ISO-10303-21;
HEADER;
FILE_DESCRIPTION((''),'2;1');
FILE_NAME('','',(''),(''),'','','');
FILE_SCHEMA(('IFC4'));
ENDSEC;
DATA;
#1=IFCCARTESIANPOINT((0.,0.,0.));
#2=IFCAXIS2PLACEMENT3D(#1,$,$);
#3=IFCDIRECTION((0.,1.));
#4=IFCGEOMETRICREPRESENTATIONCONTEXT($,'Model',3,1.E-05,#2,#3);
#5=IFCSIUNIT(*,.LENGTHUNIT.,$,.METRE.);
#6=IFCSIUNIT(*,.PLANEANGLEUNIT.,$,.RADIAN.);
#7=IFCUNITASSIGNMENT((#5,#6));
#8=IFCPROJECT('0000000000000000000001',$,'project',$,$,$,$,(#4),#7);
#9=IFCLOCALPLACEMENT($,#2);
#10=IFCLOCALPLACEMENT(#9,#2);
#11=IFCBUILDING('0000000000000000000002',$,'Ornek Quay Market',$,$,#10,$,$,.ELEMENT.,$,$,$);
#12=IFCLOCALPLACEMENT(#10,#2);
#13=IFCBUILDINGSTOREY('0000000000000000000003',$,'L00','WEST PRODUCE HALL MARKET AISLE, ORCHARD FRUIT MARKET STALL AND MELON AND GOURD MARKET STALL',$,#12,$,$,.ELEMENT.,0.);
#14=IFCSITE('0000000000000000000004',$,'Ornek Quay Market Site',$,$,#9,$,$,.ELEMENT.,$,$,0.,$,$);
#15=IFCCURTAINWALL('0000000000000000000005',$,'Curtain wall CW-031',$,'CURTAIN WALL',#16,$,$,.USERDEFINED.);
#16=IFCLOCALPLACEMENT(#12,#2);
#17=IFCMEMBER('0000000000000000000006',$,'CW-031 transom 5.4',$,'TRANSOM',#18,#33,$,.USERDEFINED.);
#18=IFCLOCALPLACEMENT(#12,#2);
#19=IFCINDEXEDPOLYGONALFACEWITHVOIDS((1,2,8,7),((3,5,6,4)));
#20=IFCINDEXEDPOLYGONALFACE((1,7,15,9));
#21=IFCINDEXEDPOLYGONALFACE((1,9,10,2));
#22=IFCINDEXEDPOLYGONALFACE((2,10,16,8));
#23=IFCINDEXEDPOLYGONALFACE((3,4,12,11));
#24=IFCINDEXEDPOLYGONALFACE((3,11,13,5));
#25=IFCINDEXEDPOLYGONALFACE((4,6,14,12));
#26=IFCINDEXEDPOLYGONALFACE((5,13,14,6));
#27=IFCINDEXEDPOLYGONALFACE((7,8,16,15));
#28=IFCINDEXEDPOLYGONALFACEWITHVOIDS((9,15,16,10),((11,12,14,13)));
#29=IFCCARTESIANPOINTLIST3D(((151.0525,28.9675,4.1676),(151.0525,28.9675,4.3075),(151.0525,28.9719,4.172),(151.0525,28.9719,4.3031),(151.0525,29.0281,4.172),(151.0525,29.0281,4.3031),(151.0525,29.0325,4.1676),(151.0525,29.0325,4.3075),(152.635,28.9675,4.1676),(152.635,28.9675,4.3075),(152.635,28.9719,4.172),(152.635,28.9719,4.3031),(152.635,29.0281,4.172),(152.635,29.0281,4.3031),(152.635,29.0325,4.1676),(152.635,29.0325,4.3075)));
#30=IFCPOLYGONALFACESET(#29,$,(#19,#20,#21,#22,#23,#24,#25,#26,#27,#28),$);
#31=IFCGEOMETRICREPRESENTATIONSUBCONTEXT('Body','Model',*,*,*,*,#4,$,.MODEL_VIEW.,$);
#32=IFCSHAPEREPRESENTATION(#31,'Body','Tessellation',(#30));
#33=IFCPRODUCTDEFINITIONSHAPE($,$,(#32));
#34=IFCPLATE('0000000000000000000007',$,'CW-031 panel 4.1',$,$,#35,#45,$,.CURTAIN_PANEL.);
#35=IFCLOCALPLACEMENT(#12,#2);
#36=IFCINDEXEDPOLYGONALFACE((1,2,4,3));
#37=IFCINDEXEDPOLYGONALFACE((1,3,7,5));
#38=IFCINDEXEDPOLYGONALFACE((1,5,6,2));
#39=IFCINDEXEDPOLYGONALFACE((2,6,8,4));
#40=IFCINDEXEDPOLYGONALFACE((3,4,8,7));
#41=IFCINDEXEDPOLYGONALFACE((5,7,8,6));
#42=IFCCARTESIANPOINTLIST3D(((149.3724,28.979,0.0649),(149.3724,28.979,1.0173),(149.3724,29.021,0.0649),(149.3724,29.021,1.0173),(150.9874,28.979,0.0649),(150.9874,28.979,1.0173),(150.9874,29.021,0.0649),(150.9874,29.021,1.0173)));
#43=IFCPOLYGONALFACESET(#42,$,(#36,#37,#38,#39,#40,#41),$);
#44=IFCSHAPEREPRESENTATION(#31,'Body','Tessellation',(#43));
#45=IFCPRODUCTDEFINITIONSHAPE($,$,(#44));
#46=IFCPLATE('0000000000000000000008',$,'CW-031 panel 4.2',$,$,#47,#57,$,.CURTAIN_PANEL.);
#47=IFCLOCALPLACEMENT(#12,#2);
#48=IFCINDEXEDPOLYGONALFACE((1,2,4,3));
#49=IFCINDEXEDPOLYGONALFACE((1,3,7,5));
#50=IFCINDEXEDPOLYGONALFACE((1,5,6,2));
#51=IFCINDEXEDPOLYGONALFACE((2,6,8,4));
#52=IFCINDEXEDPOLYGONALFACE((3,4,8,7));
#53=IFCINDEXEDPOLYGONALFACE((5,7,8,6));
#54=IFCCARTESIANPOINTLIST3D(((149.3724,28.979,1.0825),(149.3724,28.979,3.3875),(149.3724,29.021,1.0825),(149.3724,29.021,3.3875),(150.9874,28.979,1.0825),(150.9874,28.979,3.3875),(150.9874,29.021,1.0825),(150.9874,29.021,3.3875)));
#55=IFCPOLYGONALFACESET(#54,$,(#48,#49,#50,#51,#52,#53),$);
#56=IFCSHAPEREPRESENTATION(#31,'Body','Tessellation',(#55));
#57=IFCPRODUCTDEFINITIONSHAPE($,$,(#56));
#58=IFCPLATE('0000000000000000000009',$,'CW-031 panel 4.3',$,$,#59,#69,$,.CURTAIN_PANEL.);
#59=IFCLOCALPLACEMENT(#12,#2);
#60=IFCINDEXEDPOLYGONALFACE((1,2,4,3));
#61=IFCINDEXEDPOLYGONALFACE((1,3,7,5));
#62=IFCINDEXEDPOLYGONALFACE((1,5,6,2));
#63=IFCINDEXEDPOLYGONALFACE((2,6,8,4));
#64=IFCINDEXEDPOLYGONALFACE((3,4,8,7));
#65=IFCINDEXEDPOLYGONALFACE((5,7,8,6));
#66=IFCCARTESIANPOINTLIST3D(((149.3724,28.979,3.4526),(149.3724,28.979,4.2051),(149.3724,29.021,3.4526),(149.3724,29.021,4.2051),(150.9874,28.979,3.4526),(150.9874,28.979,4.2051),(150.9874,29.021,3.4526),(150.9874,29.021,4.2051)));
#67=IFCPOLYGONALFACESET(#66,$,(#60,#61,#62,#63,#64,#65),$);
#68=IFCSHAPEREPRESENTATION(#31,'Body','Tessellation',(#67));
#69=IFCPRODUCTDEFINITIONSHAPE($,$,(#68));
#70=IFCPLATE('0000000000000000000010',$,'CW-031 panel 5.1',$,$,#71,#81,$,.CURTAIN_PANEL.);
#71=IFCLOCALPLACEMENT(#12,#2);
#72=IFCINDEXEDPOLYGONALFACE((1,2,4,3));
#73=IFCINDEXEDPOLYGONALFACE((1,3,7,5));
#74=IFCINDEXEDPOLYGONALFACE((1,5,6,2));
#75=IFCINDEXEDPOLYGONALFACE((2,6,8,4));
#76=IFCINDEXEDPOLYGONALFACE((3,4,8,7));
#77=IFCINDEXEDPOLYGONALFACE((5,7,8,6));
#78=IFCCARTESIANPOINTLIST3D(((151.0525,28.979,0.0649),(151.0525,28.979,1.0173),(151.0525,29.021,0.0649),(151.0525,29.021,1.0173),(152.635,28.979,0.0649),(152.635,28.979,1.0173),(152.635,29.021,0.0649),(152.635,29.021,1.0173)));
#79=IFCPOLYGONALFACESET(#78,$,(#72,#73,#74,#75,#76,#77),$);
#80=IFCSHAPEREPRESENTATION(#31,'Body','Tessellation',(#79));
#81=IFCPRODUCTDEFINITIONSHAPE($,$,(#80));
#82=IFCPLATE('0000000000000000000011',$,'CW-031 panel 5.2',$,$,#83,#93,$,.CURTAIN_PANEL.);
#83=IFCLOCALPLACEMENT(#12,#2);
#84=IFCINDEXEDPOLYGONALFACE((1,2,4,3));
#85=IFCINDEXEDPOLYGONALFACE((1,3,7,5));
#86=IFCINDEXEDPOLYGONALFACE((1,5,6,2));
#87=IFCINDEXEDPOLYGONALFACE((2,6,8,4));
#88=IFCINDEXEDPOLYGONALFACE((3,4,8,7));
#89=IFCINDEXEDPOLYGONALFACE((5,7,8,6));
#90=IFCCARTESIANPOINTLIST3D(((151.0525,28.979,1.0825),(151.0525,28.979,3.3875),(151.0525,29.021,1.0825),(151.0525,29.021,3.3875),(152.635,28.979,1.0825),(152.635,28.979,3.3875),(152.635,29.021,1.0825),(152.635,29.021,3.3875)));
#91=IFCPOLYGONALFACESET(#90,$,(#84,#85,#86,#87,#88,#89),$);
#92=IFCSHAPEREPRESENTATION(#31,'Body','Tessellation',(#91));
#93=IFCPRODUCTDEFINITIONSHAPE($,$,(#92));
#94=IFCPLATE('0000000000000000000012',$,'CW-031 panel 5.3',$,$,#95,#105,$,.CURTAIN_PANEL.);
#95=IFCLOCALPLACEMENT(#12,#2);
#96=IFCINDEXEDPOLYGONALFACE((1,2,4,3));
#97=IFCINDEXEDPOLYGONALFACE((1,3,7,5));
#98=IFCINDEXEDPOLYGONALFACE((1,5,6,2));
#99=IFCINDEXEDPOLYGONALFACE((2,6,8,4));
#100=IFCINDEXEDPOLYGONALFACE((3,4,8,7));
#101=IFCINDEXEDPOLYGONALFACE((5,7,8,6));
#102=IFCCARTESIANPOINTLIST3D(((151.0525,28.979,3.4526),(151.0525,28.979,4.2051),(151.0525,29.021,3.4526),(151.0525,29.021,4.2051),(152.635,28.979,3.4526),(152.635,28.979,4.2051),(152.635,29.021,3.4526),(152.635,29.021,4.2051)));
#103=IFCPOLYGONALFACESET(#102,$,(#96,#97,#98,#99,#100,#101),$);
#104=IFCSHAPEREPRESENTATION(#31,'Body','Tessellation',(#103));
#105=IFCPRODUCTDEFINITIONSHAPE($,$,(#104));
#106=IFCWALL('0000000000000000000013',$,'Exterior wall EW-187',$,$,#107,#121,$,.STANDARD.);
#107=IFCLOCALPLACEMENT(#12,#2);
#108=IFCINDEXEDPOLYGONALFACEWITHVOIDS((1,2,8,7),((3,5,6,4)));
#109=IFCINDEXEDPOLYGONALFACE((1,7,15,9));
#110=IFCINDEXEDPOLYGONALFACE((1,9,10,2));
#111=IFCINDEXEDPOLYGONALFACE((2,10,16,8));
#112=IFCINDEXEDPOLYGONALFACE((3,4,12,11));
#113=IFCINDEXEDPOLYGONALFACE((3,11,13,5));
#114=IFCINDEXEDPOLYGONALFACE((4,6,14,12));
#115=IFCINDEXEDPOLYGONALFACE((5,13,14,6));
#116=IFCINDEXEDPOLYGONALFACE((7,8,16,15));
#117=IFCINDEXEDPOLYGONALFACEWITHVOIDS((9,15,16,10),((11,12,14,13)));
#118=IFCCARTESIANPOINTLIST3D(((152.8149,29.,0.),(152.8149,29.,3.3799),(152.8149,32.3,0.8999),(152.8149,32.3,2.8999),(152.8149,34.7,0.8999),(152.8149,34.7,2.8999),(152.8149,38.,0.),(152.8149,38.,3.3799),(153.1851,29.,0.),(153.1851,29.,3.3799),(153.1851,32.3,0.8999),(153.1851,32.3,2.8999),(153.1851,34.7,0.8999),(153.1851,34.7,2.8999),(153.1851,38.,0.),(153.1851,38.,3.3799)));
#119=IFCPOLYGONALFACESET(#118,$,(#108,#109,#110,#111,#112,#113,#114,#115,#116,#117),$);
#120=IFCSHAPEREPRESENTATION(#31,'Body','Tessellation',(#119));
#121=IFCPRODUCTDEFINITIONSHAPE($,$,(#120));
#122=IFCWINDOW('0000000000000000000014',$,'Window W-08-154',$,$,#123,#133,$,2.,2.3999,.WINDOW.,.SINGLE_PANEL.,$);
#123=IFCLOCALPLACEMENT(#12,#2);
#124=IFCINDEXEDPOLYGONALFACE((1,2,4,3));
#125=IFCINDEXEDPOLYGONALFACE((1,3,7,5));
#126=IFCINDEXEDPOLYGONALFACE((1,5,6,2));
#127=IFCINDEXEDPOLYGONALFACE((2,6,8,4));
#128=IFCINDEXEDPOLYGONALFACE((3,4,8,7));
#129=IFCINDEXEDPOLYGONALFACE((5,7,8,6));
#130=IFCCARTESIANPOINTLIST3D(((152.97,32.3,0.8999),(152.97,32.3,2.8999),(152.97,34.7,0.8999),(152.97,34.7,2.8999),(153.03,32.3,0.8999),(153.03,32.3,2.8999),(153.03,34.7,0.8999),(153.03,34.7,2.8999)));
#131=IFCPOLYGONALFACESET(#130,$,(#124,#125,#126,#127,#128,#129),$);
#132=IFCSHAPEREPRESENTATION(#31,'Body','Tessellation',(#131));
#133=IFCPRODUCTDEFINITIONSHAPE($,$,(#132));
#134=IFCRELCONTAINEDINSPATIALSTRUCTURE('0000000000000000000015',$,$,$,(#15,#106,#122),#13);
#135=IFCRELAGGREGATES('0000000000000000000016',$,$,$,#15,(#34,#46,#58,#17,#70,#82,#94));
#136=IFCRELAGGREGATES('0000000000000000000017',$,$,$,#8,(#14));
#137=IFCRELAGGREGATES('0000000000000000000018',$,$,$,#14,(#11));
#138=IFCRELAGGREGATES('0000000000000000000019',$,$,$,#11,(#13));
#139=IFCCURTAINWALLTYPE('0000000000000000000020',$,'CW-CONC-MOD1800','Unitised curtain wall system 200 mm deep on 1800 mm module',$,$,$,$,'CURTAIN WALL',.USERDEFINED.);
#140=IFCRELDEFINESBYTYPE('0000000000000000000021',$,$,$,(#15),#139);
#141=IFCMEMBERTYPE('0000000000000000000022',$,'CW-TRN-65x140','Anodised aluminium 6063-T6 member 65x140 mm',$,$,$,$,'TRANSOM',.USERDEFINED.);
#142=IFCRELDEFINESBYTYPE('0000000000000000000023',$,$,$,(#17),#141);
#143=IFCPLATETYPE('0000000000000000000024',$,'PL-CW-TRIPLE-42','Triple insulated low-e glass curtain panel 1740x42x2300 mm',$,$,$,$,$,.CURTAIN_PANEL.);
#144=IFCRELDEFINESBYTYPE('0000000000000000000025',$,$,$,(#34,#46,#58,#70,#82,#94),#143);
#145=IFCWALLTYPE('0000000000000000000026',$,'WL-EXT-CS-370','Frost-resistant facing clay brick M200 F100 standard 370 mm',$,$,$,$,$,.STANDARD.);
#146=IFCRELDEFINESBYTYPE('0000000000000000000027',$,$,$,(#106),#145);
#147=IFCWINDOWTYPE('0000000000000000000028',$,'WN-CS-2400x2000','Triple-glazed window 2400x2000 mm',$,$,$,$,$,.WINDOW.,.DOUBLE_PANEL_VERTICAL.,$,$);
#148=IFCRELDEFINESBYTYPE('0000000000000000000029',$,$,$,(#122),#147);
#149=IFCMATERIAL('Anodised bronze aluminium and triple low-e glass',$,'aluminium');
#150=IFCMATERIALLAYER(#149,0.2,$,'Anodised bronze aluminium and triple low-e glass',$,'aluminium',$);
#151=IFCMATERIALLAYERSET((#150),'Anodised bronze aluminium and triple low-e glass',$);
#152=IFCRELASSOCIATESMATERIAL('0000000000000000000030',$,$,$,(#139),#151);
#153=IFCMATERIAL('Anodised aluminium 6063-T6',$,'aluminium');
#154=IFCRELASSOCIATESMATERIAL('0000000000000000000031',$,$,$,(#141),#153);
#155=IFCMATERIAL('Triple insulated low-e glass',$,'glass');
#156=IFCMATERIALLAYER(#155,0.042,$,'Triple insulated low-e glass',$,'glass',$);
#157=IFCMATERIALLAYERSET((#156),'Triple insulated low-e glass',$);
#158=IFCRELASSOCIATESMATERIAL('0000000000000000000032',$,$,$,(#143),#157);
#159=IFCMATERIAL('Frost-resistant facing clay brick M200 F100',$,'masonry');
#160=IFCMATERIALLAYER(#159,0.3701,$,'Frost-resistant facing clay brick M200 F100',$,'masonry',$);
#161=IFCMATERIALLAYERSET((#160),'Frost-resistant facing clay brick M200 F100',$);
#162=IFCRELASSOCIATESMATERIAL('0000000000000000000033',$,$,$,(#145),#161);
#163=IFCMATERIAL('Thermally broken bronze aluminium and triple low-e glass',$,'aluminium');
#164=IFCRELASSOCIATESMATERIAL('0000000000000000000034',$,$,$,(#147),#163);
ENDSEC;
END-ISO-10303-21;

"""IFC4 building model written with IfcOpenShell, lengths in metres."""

from ifc_helpers import new_model, si_unit, direction, frame, frame_2d, origin, origin_2d, place, context, subcontext, project, spatial, rectangle, hollow_rectangle, extrude, material, layer, layer_set, material_profile, profile_set, type_object, element, fill, aggregate, save


model = new_model("IFC4")

# Units and contexts
model_context = context("Model", 3, precision=1e-05, world=origin(), true_north=direction((0.0, 1.0)))
body_context = subcontext(model_context, "Body", "Model", "MODEL_VIEW")
ifc_project = project(units=[si_unit("LENGTHUNIT", "METRE"), si_unit("PLANEANGLEUNIT", "RADIAN")], contexts=[model_context])

# Site, building, storey
site_placement = place(None, origin())
site = spatial("IfcSite", under=ifc_project, at=site_placement, Name="Ornek Quay Market Site", CompositionType="ELEMENT", RefElevation=0.0)
building_placement = place(site_placement, origin())
building = spatial("IfcBuilding", under=site, at=building_placement, Name="Ornek Quay Market", CompositionType="ELEMENT")
storey_placement = place(building_placement, origin())
storey = spatial("IfcBuildingStorey", under=building, at=storey_placement, Name="L00", Description="WEST PRODUCE HALL MARKET AISLE, ORCHARD FRUIT MARKET STALL AND MELON AND GOURD MARKET STALL", CompositionType="ELEMENT", Elevation=0.0)

# Curtain wall, member, plates
ifc_material_1 = material(Name="Anodised bronze aluminium and triple low-e glass", Category="aluminium")
ifc_layer_1 = layer(ifc_material_1, 0.2, Name="Anodised bronze aluminium and triple low-e glass", Category="aluminium")
ifc_layer_set_1 = layer_set([ifc_layer_1], Name="Anodised bronze aluminium and triple low-e glass")
curtain_wall_type = type_object("IfcCurtainWallType", Name="CW-CONC-MOD1800", Description="Unitised curtain wall system 200 mm deep on 1800 mm module", ElementType="CURTAIN WALL", PredefinedType="USERDEFINED", material=ifc_layer_set_1)
curtain_wall_placement = place(storey_placement, origin())
curtain_wall = element("IfcCurtainWall", 1, at=curtain_wall_placement, inside=storey, type_object=curtain_wall_type, Name="Curtain wall CW-031", ObjectType="CURTAIN WALL", PredefinedType="USERDEFINED")
ifc_material_2 = material(Name="Anodised aluminium 6063-T6", Category="aluminium")
ifc_material_profile_1 = material_profile(ifc_material_2, hollow_rectangle(XDim=0.0649, YDim=0.1399, WallThickness=0.0044, at=origin_2d()), Name="CW-TRN-65x140", Category="aluminium")
ifc_profile_set_1 = profile_set([ifc_material_profile_1], Name="Anodised aluminium 6063-T6")
member_type_1 = type_object("IfcMemberType", Name="CW-TRN-65x140", Description="Anodised aluminium 6063-T6 member 65x140 mm", ElementType="TRANSOM", PredefinedType="USERDEFINED", material=ifc_profile_set_1)
member_1_placement = place(storey_placement, frame((151.0525, 29.0, 4.2375), z_axis=(1.0, 0.0, 0.0), x_axis=(0.0, 1.0, 0.0)))
member_1 = element("IfcMember", 2, at=member_1_placement, type_object=member_type_1, Name="CW-031 transom 5.4", ObjectType="TRANSOM", PredefinedType="USERDEFINED", context=body_context, shape_type="SweptSolid", body=[
    extrude(hollow_rectangle(XDim=0.0649, YDim=0.1399, WallThickness=0.0044, at=origin_2d()), origin(), (0.0, 0.0, 1.0), 1.5825),
])
ifc_material_3 = material(Name="Triple insulated low-e glass", Category="glass")
ifc_layer_2 = layer(ifc_material_3, 0.042, Name="Triple insulated low-e glass", Category="glass")
ifc_layer_set_2 = layer_set([ifc_layer_2], Name="Triple insulated low-e glass")
plate_type = type_object("IfcPlateType", Name="PL-CW-TRIPLE-42", Description="Triple insulated low-e glass curtain panel 1740x42x2300 mm", PredefinedType="CURTAIN_PANEL", material=ifc_layer_set_2)
plate_1_placement = place(storey_placement, frame((150.1799, 29.0, 0.0649), z_axis=(0.0, 0.0, 1.0), x_axis=(1.0, 0.0, 0.0)))
plate_1 = element("IfcPlate", 3, at=plate_1_placement, type_object=plate_type, Name="CW-031 panel 4.1", PredefinedType="CURTAIN_PANEL", context=body_context, shape_type="SweptSolid", body=[
    extrude(rectangle(XDim=1.615, YDim=0.042, at=origin_2d()), origin(), (0.0, 0.0, 1.0), 0.9524),
])
plate_2_placement = place(storey_placement, frame((150.1799, 29.0, 1.0825), z_axis=(0.0, 0.0, 1.0), x_axis=(1.0, 0.0, 0.0)))
plate_2 = element("IfcPlate", 4, at=plate_2_placement, type_object=plate_type, Name="CW-031 panel 4.2", PredefinedType="CURTAIN_PANEL", context=body_context, shape_type="SweptSolid", body=[
    extrude(rectangle(XDim=1.615, YDim=0.042, at=origin_2d()), origin(), (0.0, 0.0, 1.0), 2.3049),
])
plate_3_placement = place(storey_placement, frame((150.1799, 29.0, 3.4526), z_axis=(0.0, 0.0, 1.0), x_axis=(1.0, 0.0, 0.0)))
plate_3 = element("IfcPlate", 5, at=plate_3_placement, type_object=plate_type, Name="CW-031 panel 4.3", PredefinedType="CURTAIN_PANEL", context=body_context, shape_type="SweptSolid", body=[
    extrude(rectangle(XDim=1.615, YDim=0.042, at=origin_2d()), origin(), (0.0, 0.0, 1.0), 0.7524),
])
plate_4_placement = place(storey_placement, frame((151.8438, 29.0, 0.0649), z_axis=(0.0, 0.0, 1.0), x_axis=(1.0, 0.0, 0.0)))
plate_4 = element("IfcPlate", 6, at=plate_4_placement, type_object=plate_type, Name="CW-031 panel 5.1", PredefinedType="CURTAIN_PANEL", context=body_context, shape_type="SweptSolid", body=[
    extrude(rectangle(XDim=1.5825, YDim=0.042, at=origin_2d()), origin(), (0.0, 0.0, 1.0), 0.9524),
])
plate_5_placement = place(storey_placement, frame((151.8438, 29.0, 1.0825), z_axis=(0.0, 0.0, 1.0), x_axis=(1.0, 0.0, 0.0)))
plate_5 = element("IfcPlate", 7, at=plate_5_placement, type_object=plate_type, Name="CW-031 panel 5.2", PredefinedType="CURTAIN_PANEL", context=body_context, shape_type="SweptSolid", body=[
    extrude(rectangle(XDim=1.5825, YDim=0.042, at=origin_2d()), origin(), (0.0, 0.0, 1.0), 2.3049),
])
plate_6_placement = place(storey_placement, frame((151.8438, 29.0, 3.4526), z_axis=(0.0, 0.0, 1.0), x_axis=(1.0, 0.0, 0.0)))
plate_6 = element("IfcPlate", 8, at=plate_6_placement, type_object=plate_type, Name="CW-031 panel 5.3", PredefinedType="CURTAIN_PANEL", context=body_context, shape_type="SweptSolid", body=[
    extrude(rectangle(XDim=1.5825, YDim=0.042, at=origin_2d()), origin(), (0.0, 0.0, 1.0), 0.7524),
])
aggregate(curtain_wall, [plate_1, plate_2, plate_3, member_1, plate_4, plate_5, plate_6])

# Wall, opening, window
ifc_material_4 = material(Name="Frost-resistant facing clay brick M200 F100", Category="masonry")
ifc_layer_3 = layer(ifc_material_4, 0.3701, Name="Frost-resistant facing clay brick M200 F100", Category="masonry")
ifc_layer_set_3 = layer_set([ifc_layer_3], Name="Frost-resistant facing clay brick M200 F100")
wall_type = type_object("IfcWallType", Name="WL-EXT-CS-370", Description="Frost-resistant facing clay brick M200 F100 standard 370 mm", PredefinedType="STANDARD", material=ifc_layer_set_3)
wall_placement = place(storey_placement, frame((153.0, 29.0, 0.0), z_axis=(0.0, 0.0, 1.0), x_axis=(0.0, 1.0, 0.0)))
wall = element("IfcWall", 9, at=wall_placement, inside=storey, type_object=wall_type, Name="Exterior wall EW-187", PredefinedType="STANDARD", context=body_context, shape_type="SweptSolid", body=[
    extrude(rectangle(XDim=9.0, YDim=0.3701, at=frame_2d((4.5, 0.0))), origin(), (0.0, 0.0, 1.0), 3.3799),
])
opening_placement = place(wall_placement, frame((3.3, 0.0, 0.8999)))
opening = element("IfcOpeningElement", 10, at=opening_placement, cuts=wall, PredefinedType="OPENING", context=body_context, shape_type="SweptSolid", body=[
    extrude(rectangle(XDim=2.3999, YDim=2.0, at=frame_2d((1.2, 1.0))), frame((0.0, 0.1951, 0.0), z_axis=(0.0, -1.0, 0.0), x_axis=(1.0, 0.0, 0.0)), (0.0, 0.0, 1.0), 0.3901),
])
ifc_material_5 = material(Name="Thermally broken bronze aluminium and triple low-e glass", Category="aluminium")
window_type = type_object("IfcWindowType", Name="WN-CS-2400x2000", Description="Triple-glazed window 2400x2000 mm", PartitioningType="DOUBLE_PANEL_VERTICAL", PredefinedType="WINDOW", material=ifc_material_5)
window_placement = place(opening_placement, origin())
window = element("IfcWindow", 11, at=window_placement, inside=storey, type_object=window_type, Name="Window W-08-154", OverallHeight=2.0, OverallWidth=2.3999, PartitioningType="SINGLE_PANEL", PredefinedType="WINDOW", context=body_context, shape_type="SweptSolid", body=[
    extrude(rectangle(XDim=2.3999, YDim=2.0, at=frame_2d((1.2, 1.0))), frame((0.0, 0.03, 0.0), z_axis=(0.0, -1.0, 0.0), x_axis=(1.0, 0.0, 0.0)), (0.0, 0.0, 1.0), 0.0601),
])
fill(opening, window)

save(model, "model.ifc")
